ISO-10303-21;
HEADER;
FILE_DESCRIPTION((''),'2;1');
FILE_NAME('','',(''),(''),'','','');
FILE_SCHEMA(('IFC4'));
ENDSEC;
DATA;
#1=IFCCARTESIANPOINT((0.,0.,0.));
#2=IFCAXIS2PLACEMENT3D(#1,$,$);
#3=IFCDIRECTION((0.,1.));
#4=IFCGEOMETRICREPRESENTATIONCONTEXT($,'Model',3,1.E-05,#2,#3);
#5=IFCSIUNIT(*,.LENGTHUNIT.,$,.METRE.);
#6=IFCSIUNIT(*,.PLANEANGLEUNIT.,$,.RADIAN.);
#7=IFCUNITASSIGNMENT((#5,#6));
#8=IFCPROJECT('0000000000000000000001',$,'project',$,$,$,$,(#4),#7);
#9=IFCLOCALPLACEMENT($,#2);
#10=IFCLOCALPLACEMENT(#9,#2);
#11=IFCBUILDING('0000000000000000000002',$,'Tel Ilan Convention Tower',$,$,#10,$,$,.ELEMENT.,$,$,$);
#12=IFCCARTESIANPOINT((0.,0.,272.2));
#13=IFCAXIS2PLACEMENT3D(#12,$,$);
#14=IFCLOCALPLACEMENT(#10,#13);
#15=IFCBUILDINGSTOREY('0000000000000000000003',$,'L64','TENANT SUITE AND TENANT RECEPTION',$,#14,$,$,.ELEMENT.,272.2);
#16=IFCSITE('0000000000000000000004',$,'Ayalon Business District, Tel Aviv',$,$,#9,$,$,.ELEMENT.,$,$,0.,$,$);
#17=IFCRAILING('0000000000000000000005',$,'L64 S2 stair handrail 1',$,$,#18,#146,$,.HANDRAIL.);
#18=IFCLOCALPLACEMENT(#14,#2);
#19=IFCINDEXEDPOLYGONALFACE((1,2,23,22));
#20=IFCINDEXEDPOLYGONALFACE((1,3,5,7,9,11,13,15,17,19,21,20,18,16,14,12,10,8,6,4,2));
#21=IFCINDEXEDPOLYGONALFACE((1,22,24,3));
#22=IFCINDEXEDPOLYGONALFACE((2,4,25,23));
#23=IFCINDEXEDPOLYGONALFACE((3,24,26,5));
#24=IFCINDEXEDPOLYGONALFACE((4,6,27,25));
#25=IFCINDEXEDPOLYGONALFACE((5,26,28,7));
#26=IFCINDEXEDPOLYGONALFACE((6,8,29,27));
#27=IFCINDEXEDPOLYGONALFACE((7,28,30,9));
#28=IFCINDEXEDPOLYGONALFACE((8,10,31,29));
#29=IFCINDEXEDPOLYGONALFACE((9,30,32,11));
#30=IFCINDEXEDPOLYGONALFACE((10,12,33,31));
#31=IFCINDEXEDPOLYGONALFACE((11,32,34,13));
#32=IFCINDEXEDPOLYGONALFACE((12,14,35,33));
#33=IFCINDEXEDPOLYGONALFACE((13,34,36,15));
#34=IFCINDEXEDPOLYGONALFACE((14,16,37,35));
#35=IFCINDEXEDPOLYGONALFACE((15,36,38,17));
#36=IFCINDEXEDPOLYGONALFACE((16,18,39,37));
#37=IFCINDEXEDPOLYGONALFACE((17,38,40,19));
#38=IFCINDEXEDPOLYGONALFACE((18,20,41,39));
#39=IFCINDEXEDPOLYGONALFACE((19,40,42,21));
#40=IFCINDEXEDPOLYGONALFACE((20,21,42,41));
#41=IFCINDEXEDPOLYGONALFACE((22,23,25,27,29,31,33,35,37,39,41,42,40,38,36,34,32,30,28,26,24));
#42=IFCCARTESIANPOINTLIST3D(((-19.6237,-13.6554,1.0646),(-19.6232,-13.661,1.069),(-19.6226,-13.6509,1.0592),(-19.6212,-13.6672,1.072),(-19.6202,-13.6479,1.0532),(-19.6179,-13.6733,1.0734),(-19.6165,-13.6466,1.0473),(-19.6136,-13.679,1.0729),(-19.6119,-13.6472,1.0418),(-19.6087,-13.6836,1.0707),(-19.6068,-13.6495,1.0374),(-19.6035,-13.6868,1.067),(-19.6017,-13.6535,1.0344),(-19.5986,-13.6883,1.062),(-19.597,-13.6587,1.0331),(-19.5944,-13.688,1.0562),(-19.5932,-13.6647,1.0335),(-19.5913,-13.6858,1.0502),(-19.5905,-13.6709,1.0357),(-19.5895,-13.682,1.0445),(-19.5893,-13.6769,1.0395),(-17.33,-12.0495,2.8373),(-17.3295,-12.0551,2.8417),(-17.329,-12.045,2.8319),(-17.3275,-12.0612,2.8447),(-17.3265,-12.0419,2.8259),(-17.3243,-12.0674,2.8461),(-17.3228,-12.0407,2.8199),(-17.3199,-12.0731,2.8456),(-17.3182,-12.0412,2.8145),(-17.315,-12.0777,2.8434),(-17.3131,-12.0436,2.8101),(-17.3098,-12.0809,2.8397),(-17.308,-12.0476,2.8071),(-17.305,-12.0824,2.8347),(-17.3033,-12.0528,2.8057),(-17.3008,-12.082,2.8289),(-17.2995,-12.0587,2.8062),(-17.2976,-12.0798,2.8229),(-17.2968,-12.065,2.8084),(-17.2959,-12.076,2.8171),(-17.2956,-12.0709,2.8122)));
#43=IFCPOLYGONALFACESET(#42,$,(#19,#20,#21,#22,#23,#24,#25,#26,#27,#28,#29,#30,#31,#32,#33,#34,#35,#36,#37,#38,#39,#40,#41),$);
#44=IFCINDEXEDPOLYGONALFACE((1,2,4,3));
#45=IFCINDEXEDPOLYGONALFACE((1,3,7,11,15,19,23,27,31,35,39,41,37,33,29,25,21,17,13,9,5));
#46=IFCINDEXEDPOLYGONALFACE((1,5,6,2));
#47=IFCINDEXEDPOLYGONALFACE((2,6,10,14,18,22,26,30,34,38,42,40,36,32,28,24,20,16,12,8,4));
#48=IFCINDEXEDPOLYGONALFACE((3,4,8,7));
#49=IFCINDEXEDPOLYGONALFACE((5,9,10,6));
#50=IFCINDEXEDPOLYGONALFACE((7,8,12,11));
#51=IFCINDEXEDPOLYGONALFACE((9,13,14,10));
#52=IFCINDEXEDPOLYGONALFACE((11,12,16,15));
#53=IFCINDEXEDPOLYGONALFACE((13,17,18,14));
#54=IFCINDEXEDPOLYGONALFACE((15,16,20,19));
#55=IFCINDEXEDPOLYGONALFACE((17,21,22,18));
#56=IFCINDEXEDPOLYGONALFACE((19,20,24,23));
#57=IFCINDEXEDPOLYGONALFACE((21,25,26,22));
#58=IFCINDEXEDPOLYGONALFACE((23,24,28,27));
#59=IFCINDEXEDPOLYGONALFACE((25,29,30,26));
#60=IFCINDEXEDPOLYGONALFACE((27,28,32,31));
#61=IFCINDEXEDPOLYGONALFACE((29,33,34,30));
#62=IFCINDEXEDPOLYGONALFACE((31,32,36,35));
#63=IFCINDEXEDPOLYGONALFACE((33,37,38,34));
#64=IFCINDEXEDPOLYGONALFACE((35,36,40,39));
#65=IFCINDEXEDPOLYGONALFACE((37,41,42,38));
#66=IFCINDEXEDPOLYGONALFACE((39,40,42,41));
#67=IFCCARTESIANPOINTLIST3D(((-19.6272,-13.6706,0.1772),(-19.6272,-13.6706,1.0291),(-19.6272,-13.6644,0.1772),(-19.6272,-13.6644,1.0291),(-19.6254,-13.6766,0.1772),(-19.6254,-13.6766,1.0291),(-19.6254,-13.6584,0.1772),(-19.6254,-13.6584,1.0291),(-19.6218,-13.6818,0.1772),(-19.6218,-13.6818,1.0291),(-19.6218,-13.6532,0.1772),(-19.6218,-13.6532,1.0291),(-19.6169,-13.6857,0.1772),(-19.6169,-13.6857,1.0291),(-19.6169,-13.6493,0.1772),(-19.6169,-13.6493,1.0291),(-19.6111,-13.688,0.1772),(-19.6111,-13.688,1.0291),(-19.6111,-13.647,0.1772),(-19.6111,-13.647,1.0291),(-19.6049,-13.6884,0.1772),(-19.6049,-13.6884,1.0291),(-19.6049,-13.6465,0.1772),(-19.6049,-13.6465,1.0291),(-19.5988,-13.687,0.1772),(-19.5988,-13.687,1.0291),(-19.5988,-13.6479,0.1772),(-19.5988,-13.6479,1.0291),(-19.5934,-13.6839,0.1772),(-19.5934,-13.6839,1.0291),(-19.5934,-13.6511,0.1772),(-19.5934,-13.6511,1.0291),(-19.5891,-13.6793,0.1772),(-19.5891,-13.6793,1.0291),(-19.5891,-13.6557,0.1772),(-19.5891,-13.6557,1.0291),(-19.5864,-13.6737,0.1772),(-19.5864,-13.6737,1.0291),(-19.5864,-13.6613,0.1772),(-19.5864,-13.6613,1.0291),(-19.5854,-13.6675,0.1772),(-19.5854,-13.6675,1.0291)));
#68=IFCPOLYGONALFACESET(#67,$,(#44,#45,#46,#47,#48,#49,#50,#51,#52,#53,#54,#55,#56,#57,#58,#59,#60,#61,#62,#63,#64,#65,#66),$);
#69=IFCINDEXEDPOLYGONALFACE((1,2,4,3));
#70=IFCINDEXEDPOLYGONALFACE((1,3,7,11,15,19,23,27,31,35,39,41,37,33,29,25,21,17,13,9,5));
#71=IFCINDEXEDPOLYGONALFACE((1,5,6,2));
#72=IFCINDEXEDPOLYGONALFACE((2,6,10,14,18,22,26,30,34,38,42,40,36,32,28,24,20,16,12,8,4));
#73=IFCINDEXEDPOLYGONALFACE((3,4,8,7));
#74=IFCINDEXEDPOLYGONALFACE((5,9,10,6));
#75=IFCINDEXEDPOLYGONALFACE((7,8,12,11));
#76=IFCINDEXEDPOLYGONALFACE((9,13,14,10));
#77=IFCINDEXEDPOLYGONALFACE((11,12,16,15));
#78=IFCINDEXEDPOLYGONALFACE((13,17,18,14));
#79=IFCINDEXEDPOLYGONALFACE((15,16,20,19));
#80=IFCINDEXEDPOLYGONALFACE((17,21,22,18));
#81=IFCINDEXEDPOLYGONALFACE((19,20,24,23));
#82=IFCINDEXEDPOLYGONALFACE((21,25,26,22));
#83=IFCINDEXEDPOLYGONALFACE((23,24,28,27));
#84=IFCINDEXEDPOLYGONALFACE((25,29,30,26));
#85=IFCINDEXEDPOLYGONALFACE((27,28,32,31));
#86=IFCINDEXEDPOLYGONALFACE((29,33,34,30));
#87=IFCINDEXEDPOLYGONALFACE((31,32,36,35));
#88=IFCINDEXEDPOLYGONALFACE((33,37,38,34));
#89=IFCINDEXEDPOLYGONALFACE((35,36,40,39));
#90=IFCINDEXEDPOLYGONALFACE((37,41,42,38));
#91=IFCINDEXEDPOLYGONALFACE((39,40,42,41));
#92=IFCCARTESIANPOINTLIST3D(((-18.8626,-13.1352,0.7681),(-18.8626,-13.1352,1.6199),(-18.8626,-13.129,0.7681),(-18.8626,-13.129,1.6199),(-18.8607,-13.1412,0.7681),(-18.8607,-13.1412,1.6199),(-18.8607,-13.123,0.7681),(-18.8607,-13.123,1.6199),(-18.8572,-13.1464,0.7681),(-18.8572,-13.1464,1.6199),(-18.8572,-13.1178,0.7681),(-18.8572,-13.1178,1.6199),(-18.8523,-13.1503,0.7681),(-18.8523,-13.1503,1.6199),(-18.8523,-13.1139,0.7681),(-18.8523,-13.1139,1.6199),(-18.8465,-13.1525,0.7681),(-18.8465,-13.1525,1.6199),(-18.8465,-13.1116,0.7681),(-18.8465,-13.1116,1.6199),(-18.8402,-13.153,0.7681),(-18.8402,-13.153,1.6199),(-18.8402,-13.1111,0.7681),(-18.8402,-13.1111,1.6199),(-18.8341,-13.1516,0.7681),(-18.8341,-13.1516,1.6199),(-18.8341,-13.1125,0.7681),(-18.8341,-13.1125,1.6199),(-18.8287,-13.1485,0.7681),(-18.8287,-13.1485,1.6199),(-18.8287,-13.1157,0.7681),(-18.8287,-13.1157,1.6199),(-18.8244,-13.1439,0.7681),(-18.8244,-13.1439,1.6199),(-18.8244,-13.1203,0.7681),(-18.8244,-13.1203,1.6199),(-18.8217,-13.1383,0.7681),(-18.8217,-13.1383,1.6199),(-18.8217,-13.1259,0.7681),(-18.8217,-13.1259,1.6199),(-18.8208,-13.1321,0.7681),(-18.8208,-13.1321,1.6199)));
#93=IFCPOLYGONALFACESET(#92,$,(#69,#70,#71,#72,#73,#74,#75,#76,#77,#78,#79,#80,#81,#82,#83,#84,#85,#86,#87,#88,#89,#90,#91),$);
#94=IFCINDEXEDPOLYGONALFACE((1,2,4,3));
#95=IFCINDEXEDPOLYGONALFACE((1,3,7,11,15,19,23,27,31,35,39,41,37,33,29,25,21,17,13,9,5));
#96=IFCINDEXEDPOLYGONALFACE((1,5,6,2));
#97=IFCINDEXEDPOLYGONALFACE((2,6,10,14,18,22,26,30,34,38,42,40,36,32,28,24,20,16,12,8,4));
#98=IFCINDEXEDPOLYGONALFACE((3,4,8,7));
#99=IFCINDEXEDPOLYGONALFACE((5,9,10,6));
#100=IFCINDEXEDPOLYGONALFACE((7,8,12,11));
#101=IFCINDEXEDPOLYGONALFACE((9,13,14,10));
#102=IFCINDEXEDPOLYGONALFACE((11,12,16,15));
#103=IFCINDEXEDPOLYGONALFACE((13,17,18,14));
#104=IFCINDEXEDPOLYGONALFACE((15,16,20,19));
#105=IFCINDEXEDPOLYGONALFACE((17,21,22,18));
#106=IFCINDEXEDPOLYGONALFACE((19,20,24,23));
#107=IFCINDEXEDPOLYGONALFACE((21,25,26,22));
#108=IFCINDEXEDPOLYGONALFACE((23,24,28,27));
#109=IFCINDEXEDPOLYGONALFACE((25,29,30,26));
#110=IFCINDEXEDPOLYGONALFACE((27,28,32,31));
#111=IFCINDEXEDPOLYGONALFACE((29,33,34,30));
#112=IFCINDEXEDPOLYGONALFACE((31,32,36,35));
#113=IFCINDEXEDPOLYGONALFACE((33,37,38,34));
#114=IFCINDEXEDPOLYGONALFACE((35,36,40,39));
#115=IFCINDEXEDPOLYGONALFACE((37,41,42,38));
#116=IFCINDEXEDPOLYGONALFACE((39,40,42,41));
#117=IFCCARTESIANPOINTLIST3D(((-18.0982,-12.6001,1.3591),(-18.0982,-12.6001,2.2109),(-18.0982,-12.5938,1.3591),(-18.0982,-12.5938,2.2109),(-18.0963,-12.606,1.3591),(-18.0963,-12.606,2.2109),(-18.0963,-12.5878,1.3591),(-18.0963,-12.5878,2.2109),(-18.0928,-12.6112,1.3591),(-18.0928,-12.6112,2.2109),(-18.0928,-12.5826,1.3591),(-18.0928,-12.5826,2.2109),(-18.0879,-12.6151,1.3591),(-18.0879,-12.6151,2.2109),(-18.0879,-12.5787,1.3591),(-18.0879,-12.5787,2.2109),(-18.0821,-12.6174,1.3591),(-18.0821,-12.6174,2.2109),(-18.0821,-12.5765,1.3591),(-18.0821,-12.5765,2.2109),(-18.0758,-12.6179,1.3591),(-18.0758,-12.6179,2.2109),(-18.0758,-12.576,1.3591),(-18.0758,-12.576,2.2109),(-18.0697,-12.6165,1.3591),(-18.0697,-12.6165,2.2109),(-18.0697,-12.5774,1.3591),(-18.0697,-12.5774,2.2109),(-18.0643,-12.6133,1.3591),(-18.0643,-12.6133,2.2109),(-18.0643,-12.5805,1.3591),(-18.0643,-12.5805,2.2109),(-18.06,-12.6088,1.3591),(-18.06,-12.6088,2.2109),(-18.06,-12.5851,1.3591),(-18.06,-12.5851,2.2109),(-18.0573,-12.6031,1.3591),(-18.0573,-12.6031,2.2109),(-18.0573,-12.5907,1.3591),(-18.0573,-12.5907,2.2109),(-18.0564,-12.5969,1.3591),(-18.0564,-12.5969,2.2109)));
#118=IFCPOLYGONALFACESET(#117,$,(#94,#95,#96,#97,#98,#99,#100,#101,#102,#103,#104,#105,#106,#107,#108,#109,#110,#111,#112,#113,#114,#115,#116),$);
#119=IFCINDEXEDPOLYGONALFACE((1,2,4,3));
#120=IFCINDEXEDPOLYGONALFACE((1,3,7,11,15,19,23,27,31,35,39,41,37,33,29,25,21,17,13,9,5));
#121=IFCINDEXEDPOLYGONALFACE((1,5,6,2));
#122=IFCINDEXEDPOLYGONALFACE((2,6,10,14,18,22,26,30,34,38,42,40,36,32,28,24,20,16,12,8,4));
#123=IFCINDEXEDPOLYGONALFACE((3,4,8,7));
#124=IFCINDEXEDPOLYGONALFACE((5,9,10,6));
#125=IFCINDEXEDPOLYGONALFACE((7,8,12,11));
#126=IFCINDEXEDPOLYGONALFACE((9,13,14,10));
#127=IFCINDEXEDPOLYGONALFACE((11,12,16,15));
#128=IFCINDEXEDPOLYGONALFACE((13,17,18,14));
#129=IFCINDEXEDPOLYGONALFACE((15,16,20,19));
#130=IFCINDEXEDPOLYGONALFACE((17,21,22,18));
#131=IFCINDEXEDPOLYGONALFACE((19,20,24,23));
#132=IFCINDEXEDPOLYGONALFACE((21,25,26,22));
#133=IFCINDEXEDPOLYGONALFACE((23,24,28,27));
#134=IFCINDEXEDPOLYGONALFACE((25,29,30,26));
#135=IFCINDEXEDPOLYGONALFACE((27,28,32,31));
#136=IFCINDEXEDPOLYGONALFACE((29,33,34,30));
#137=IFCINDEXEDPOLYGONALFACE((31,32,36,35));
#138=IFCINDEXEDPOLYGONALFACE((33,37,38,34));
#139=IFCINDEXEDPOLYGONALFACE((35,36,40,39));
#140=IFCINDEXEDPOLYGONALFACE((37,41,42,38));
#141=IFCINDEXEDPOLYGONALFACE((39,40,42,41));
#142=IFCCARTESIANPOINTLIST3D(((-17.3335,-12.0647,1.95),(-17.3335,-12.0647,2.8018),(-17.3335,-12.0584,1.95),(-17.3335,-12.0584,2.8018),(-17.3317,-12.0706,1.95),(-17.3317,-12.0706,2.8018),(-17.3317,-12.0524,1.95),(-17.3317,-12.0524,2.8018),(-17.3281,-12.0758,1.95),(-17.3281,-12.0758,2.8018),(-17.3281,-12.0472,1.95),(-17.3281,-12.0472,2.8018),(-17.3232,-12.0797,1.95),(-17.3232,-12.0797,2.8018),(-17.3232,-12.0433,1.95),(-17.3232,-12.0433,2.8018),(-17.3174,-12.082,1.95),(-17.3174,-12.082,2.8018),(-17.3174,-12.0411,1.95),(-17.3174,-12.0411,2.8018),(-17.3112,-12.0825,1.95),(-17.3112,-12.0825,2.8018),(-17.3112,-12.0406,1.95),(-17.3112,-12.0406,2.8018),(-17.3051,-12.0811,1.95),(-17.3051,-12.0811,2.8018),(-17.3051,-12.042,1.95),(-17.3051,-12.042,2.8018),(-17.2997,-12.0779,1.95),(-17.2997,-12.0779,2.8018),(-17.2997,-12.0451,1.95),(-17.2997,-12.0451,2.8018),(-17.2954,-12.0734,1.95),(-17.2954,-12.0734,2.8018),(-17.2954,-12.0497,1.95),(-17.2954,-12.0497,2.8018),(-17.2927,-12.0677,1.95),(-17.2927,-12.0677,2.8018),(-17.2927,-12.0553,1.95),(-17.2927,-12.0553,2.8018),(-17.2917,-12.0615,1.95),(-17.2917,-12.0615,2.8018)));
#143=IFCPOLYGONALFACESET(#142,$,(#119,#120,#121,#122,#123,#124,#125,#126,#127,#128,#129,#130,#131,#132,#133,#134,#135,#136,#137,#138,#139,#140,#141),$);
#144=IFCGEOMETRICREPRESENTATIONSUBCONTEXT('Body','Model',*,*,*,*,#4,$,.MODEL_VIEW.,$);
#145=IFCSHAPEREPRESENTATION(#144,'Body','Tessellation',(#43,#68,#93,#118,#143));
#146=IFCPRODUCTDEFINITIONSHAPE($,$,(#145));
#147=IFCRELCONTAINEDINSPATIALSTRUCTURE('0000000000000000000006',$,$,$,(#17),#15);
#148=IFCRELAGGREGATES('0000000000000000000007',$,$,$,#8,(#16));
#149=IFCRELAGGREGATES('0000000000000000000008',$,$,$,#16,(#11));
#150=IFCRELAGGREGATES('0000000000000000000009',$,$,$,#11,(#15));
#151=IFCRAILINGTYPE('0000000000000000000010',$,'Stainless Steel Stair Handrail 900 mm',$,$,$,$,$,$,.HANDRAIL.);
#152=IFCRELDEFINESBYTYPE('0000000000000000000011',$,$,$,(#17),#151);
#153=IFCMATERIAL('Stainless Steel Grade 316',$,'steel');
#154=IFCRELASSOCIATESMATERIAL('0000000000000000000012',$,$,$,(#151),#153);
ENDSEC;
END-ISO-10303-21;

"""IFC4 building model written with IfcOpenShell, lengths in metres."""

from ifc_helpers import new_model, si_unit, direction, frame, origin, origin_2d, place, context, subcontext, project, spatial, circle, extrude, material, type_object, element, save


model = new_model("IFC4")

# Units and contexts
model_context = context("Model", 3, precision=1e-05, world=origin(), true_north=direction((0.0, 1.0)))
body_context = subcontext(model_context, "Body", "Model", "MODEL_VIEW")
ifc_project = project(units=[si_unit("LENGTHUNIT", "METRE"), si_unit("PLANEANGLEUNIT", "RADIAN")], contexts=[model_context])

# Site, building, storey
site_placement = place(None, origin())
site = spatial("IfcSite", under=ifc_project, at=site_placement, Name="Ayalon Business District, Tel Aviv", CompositionType="ELEMENT", RefElevation=0.0)
building_placement = place(site_placement, origin())
building = spatial("IfcBuilding", under=site, at=building_placement, Name="Tel Ilan Convention Tower", CompositionType="ELEMENT")
storey_placement = place(building_placement, frame((0.0, 0.0, 272.2)))
storey = spatial("IfcBuildingStorey", under=building, at=storey_placement, Name="L64", Description="TENANT SUITE AND TENANT RECEPTION", CompositionType="ELEMENT", Elevation=272.2)

# Railing
ifc_material_1 = material(Name="Stainless Steel Grade 316", Category="steel")
railing_type = type_object("IfcRailingType", Name="Stainless Steel Stair Handrail 900 mm", PredefinedType="HANDRAIL", material=ifc_material_1)
railing_placement = place(storey_placement, frame((-19.6064, -13.6675, 0.1772)))
element("IfcRailing", 1, at=railing_placement, inside=storey, type_object=railing_type, Name="L64 S2 stair handrail 1", PredefinedType="HANDRAIL", context=body_context, shape_type="SweptSolid", body=[
    extrude(circle(Radius=0.0239, at=origin_2d()), frame((0.0, 0.0, 0.876), z_axis=(0.692123, 0.484597, 0.534913), x_axis=(-0.57355, 0.81917, 0.0)), (0.0, 0.0, 1.0), 3.314),
    extrude(circle(Radius=0.021, at=origin_2d()), origin(), (0.0, 0.0, 1.0), 0.8518),
    extrude(circle(Radius=0.021, at=origin_2d()), frame((0.7646, 0.5354, 0.5908)), (0.0, 0.0, 1.0), 0.8518),
    extrude(circle(Radius=0.021, at=origin_2d()), frame((1.5291, 1.0706, 1.1819)), (0.0, 0.0, 1.0), 0.8518),
    extrude(circle(Radius=0.021, at=origin_2d()), frame((2.2937, 1.606, 1.7727)), (0.0, 0.0, 1.0), 0.8518),
])

save(model, "model.ifc")
